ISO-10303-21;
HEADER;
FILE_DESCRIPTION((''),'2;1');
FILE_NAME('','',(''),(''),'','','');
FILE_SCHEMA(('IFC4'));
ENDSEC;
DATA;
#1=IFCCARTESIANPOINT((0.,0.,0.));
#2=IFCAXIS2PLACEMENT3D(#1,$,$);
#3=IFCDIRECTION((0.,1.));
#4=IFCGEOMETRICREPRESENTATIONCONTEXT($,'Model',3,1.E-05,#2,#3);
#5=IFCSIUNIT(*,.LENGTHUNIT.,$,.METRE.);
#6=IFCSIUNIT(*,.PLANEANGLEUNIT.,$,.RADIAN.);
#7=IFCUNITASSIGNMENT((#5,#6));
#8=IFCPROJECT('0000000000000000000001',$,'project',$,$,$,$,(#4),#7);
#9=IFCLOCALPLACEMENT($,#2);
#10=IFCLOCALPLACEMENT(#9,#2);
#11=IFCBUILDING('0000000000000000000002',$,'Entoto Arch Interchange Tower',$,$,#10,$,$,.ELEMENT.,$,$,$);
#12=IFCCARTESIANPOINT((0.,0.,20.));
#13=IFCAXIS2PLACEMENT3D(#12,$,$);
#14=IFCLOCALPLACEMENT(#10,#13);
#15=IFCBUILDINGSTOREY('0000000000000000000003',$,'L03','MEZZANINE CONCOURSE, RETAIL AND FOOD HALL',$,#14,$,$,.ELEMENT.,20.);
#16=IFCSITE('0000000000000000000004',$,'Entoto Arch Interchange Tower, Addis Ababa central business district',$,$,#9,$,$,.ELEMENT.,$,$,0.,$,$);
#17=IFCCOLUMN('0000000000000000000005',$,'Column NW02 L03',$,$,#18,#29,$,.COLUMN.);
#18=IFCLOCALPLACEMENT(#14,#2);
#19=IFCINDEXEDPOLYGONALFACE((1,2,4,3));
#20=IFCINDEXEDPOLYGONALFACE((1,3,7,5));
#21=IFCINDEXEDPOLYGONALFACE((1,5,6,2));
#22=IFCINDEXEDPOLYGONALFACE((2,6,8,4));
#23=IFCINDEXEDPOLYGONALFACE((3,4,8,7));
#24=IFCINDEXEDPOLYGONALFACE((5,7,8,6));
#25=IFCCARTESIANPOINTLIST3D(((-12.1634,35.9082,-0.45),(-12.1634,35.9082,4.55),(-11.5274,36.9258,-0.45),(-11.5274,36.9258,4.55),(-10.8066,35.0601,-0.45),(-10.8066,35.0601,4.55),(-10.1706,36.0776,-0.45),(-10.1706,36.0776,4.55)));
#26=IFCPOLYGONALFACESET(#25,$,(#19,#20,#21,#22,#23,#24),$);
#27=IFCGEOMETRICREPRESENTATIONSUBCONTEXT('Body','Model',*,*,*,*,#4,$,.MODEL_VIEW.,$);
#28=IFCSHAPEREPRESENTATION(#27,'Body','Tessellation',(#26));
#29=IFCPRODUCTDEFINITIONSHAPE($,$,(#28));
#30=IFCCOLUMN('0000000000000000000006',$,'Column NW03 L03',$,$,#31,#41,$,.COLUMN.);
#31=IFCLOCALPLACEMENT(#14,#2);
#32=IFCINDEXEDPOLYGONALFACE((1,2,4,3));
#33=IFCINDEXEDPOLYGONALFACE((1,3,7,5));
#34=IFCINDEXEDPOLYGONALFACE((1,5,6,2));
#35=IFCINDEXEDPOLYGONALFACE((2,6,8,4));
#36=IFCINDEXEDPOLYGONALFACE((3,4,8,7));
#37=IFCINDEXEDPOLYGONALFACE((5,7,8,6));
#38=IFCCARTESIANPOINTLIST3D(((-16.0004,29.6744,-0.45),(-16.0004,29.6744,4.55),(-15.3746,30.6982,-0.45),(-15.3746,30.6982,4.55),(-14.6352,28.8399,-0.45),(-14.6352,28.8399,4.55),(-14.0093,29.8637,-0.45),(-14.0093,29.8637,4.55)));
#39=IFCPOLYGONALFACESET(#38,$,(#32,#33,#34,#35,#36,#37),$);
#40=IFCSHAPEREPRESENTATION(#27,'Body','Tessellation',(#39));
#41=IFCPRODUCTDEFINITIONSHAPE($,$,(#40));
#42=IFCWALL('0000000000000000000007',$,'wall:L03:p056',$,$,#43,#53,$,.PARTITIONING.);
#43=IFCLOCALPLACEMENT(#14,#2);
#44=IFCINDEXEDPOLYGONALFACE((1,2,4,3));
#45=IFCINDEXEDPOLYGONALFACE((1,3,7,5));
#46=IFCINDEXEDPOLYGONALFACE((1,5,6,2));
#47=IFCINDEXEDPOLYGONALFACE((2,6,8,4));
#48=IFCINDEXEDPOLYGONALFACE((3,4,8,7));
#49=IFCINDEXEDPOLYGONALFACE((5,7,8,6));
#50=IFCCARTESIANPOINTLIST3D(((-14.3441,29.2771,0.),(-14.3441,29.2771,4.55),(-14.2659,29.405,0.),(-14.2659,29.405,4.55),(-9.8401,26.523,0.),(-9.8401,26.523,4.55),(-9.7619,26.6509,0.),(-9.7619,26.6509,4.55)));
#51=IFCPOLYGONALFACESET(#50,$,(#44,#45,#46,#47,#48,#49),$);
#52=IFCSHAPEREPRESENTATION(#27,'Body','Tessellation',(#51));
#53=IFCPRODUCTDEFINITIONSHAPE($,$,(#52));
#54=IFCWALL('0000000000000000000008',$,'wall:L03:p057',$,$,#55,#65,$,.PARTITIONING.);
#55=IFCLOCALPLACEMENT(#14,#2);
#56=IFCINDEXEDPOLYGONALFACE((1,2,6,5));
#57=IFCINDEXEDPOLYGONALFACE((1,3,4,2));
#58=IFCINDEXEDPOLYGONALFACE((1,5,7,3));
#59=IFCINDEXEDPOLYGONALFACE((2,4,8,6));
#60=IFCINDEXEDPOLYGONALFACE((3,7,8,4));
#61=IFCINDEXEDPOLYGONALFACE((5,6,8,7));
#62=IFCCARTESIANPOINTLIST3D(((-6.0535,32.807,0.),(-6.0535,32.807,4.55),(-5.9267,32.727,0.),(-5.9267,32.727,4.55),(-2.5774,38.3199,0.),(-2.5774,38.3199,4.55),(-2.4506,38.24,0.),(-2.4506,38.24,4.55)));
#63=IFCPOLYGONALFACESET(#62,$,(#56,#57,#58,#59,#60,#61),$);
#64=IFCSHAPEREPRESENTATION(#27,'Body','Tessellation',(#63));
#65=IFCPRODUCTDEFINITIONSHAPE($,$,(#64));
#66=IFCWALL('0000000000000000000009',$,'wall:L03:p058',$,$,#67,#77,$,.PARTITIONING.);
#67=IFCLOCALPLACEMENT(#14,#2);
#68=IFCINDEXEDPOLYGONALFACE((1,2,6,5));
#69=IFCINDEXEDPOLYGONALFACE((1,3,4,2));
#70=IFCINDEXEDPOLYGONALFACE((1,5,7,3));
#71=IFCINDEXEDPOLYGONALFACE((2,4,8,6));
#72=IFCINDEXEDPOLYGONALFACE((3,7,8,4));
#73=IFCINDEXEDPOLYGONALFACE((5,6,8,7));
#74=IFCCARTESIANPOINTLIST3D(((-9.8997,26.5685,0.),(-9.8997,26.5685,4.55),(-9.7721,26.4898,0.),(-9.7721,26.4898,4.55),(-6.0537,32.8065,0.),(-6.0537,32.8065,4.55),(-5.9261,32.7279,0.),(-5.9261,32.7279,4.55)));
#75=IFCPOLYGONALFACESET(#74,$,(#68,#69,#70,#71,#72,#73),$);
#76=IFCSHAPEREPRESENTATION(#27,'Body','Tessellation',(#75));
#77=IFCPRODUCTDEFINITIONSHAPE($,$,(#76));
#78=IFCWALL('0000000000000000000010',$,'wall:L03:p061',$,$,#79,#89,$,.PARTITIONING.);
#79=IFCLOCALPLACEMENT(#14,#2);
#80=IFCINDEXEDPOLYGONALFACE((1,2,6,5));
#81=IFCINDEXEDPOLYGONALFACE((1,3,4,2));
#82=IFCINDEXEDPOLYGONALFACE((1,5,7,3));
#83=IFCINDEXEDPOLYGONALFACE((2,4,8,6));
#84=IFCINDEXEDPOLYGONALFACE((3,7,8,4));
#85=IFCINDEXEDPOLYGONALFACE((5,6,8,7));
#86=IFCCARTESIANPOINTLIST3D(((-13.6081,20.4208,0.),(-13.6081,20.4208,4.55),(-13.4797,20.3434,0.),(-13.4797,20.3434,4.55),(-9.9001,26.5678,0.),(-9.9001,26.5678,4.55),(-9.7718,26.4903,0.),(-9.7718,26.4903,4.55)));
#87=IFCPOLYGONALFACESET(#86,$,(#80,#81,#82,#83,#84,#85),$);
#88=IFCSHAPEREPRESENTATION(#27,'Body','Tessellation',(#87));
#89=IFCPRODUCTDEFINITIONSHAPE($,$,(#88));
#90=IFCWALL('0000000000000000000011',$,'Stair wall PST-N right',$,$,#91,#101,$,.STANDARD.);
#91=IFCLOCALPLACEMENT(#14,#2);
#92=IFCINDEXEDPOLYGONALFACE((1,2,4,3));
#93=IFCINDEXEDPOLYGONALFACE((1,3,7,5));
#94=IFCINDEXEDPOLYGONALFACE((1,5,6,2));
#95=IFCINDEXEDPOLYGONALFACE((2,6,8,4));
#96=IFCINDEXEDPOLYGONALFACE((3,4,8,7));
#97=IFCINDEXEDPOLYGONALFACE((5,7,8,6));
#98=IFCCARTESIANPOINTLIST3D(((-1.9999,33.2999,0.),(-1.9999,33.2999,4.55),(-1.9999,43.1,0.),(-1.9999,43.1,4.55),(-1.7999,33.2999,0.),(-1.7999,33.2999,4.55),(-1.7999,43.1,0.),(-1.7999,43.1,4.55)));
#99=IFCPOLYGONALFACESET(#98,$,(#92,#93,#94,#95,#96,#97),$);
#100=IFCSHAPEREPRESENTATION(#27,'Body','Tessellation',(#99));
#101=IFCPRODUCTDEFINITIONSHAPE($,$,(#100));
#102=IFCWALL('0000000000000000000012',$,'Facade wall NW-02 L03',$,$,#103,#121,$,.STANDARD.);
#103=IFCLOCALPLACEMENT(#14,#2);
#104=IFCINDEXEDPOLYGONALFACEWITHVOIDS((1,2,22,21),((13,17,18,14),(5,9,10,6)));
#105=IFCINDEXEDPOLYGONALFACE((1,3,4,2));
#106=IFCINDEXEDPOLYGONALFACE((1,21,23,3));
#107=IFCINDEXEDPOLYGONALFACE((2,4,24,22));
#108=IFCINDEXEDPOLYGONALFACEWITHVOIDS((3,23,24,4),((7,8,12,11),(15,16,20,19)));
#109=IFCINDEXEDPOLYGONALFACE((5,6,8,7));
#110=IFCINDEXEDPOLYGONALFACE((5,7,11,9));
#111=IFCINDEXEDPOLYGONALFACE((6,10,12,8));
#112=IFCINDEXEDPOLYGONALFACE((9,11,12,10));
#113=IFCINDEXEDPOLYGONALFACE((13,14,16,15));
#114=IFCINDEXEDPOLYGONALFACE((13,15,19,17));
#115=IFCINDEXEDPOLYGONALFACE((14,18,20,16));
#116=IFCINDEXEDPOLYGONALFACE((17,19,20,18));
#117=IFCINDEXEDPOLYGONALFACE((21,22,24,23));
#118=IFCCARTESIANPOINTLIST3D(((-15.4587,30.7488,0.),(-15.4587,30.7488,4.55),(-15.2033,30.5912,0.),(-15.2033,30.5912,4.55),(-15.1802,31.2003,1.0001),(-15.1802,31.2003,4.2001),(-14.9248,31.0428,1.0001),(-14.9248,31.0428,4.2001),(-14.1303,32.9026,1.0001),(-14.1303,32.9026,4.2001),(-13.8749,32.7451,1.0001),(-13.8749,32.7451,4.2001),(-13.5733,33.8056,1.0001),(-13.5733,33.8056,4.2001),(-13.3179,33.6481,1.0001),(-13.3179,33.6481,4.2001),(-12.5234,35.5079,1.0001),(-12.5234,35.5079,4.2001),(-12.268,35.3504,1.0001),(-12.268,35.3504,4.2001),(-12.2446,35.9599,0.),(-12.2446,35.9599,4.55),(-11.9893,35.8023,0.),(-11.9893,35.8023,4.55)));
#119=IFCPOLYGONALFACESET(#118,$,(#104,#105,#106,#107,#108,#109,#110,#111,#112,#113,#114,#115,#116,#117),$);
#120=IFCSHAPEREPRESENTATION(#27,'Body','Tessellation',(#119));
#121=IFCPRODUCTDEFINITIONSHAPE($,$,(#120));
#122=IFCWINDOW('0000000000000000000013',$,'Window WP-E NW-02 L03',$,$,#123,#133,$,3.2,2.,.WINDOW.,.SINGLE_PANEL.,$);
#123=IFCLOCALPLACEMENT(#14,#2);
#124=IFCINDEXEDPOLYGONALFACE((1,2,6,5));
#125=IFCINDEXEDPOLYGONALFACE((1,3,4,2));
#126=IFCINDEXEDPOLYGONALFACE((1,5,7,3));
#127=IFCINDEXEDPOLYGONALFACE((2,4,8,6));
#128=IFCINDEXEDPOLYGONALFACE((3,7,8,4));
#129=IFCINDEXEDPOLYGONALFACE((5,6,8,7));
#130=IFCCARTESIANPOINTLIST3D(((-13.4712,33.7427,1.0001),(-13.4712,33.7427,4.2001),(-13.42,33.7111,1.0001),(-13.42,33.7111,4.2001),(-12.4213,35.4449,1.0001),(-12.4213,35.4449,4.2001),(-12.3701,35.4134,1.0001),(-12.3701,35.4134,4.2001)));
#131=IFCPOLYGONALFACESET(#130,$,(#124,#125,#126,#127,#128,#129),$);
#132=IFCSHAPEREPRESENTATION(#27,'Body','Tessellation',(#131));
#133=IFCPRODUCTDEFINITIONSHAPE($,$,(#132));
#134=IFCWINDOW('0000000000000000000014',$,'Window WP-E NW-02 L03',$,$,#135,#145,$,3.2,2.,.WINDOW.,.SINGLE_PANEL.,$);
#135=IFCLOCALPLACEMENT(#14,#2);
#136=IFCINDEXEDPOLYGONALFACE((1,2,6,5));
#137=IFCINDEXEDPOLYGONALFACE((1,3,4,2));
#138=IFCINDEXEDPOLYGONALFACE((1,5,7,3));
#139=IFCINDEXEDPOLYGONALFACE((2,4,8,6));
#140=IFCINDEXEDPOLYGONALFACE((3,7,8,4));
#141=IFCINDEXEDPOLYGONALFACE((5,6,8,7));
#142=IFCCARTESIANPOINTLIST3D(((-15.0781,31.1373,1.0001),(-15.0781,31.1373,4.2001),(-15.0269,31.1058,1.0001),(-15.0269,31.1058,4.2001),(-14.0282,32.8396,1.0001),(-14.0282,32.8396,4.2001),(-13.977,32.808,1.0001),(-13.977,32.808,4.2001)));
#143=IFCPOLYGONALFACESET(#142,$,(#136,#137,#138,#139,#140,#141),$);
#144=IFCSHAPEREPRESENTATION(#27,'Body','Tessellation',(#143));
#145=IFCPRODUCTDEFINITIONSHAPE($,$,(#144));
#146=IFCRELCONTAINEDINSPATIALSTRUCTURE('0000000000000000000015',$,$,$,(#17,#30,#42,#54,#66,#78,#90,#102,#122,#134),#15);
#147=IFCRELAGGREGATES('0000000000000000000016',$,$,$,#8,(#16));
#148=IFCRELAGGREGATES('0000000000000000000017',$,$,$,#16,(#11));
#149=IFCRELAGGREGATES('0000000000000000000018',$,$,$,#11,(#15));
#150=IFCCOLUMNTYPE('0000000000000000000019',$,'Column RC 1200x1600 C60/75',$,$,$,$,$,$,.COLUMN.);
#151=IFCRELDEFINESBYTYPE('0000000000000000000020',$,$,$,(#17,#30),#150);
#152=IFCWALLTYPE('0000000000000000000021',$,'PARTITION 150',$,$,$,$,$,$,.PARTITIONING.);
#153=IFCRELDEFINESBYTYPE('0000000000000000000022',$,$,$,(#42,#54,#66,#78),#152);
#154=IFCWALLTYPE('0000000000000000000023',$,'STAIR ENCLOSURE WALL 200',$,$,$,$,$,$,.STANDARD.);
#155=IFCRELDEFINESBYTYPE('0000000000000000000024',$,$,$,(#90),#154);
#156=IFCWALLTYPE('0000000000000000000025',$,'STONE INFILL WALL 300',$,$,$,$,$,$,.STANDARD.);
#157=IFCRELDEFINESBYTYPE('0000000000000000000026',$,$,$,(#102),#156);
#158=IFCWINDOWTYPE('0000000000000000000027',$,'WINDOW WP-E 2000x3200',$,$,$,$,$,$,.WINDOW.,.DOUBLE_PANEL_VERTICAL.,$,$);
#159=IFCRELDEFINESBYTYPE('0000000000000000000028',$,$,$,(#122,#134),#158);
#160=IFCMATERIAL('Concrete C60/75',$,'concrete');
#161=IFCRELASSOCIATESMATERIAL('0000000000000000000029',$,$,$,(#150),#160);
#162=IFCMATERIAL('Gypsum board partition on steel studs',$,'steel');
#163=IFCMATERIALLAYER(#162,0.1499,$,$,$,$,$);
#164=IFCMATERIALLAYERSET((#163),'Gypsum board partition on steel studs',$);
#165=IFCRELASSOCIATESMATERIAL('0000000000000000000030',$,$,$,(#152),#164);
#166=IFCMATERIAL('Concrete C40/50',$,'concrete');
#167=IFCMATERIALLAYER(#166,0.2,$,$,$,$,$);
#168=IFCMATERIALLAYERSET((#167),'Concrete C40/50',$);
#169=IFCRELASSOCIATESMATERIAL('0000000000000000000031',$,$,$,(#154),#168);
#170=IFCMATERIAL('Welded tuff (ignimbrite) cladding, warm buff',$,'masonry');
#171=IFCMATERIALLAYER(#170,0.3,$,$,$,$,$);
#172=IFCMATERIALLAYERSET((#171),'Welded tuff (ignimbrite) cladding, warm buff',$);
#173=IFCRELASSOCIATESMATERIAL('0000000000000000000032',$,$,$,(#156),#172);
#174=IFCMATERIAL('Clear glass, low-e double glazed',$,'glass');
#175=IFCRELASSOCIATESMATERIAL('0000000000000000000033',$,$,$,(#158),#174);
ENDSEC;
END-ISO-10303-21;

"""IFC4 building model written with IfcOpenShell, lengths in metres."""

from ifc_helpers import new_model, si_unit, direction, frame, frame_2d, origin, origin_2d, place, context, subcontext, project, spatial, rectangle, extrude, material, layer, layer_set, material_profile, profile_set, type_object, element, fill, save


model = new_model("IFC4")

# Units and contexts
model_context = context("Model", 3, precision=1e-05, world=origin(), true_north=direction((0.0, 1.0)))
body_context = subcontext(model_context, "Body", "Model", "MODEL_VIEW")
ifc_project = project(units=[si_unit("LENGTHUNIT", "METRE"), si_unit("PLANEANGLEUNIT", "RADIAN")], contexts=[model_context])

# Site, building, storey
site_placement = place(None, origin())
site = spatial("IfcSite", under=ifc_project, at=site_placement, Name="Entoto Arch Interchange Tower, Addis Ababa central business district", CompositionType="ELEMENT", RefElevation=0.0)
building_placement = place(site_placement, origin())
building = spatial("IfcBuilding", under=site, at=building_placement, Name="Entoto Arch Interchange Tower", CompositionType="ELEMENT")
storey_placement = place(building_placement, frame((0.0, 0.0, 20.0)))
storey = spatial("IfcBuildingStorey", under=building, at=storey_placement, Name="L03", Description="MEZZANINE CONCOURSE, RETAIL AND FOOD HALL", CompositionType="ELEMENT", Elevation=20.0)

# Columns
ifc_material_1 = material(Name="Concrete C60/75", Category="concrete")
ifc_material_profile = material_profile(ifc_material_1, rectangle(XDim=1.2, YDim=1.6001, at=origin_2d()))
ifc_profile_set = profile_set([ifc_material_profile], Name="Concrete C60/75")
column_type = type_object("IfcColumnType", Name="Column RC 1200x1600 C60/75", PredefinedType="COLUMN", material=ifc_profile_set)
for number, where, z_axis, x_axis, name in (
    (1, (-11.167, 35.9929, -0.45), (0.0, 0.0, 1.0), (0.530067, 0.847956, 0.0), "Column NW02 L03"),
    (2, (-15.0049, 29.769, -0.45), (0.0, 0.0, 1.0), (0.521546, 0.853223, 0.0), "Column NW03 L03"),
):
    element("IfcColumn", number, at=place(storey_placement, frame(where, z_axis=z_axis, x_axis=x_axis)), inside=storey, type_object=column_type, Name=name, PredefinedType="COLUMN", context=body_context, shape_type="SweptSolid", body=[
        extrude(rectangle(XDim=1.2, YDim=1.6001, at=origin_2d()), origin(), (0.0, 0.0, 1.0), 5.0),
    ])

# Walls
ifc_material_2 = material(Name="Gypsum board partition on steel studs", Category="steel")
ifc_layer_1 = layer(ifc_material_2, 0.1499)
ifc_layer_set_1 = layer_set([ifc_layer_1], Name="Gypsum board partition on steel studs")
wall_type_1 = type_object("IfcWallType", Name="PARTITION 150", PredefinedType="PARTITIONING", material=ifc_layer_set_1)
wall_1_placement = place(storey_placement, frame((-9.801, 26.5869, 0.0), z_axis=(0.0, 0.0, 1.0), x_axis=(-0.853133, 0.521693, 0.0)))
element("IfcWall", 3, at=wall_1_placement, inside=storey, type_object=wall_type_1, Name="wall:L03:p056", PredefinedType="PARTITIONING", context=body_context, shape_type="SweptSolid", body=[
    extrude(rectangle(XDim=5.2793, YDim=0.1499, at=frame_2d((2.6396, 0.0))), origin(), (0.0, 0.0, 1.0), 4.55),
])
wall_2_placement = place(storey_placement, frame((-2.5139, 38.28, 0.0), z_axis=(0.0, 0.0, 1.0), x_axis=(-0.533359, -0.845889, 0.0)))
element("IfcWall", 4, at=wall_2_placement, inside=storey, type_object=wall_type_1, Name="wall:L03:p057", PredefinedType="PARTITIONING", context=body_context, shape_type="SweptSolid", body=[
    extrude(rectangle(XDim=6.5173, YDim=0.1499, at=frame_2d((3.2588, 0.0))), origin(), (0.0, 0.0, 1.0), 4.55),
])
wall_3_placement = place(storey_placement, frame((-5.99, 32.7671, 0.0), z_axis=(0.0, 0.0, 1.0), x_axis=(-0.524805, -0.851222, 0.0)))
element("IfcWall", 5, at=wall_3_placement, inside=storey, type_object=wall_type_1, Name="wall:L03:p058", PredefinedType="PARTITIONING", context=body_context, shape_type="SweptSolid", body=[
    extrude(rectangle(XDim=7.3284, YDim=0.1499, at=frame_2d((3.6641, 0.0))), origin(), (0.0, 0.0, 1.0), 4.55),
])
wall_4_placement = place(storey_placement, frame((-9.8359, 26.5291, 0.0), z_axis=(0.0, 0.0, 1.0), x_axis=(-0.516525, -0.856272, 0.0)))
element("IfcWall", 6, at=wall_4_placement, inside=storey, type_object=wall_type_1, Name="wall:L03:p061", PredefinedType="PARTITIONING", context=body_context, shape_type="SweptSolid", body=[
    extrude(rectangle(XDim=7.1787, YDim=0.1499, at=frame_2d((3.5894, 0.0))), origin(), (0.0, 0.0, 1.0), 4.55),
])
ifc_material_3 = material(Name="Concrete C40/50", Category="concrete")
ifc_layer_2 = layer(ifc_material_3, 0.2)
ifc_layer_set_2 = layer_set([ifc_layer_2], Name="Concrete C40/50")
wall_type_2 = type_object("IfcWallType", Name="STAIR ENCLOSURE WALL 200", PredefinedType="STANDARD", material=ifc_layer_set_2)
wall_5_placement = place(storey_placement, frame((-1.8999, 33.3, 0.0), z_axis=(0.0, 0.0, 1.0), x_axis=(0.0, 1.0, 0.0)))
element("IfcWall", 7, at=wall_5_placement, inside=storey, type_object=wall_type_2, Name="Stair wall PST-N right", PredefinedType="STANDARD", context=body_context, shape_type="SweptSolid", body=[
    extrude(rectangle(XDim=9.8, YDim=0.2, at=frame_2d((4.8999, 0.0))), origin(), (0.0, 0.0, 1.0), 4.55),
])

# Wall, openings, windows
ifc_material_4 = material(Name="Welded tuff (ignimbrite) cladding, warm buff", Category="masonry")
ifc_layer_3 = layer(ifc_material_4, 0.3)
ifc_layer_set_3 = layer_set([ifc_layer_3], Name="Welded tuff (ignimbrite) cladding, warm buff")
wall_type_3 = type_object("IfcWallType", Name="STONE INFILL WALL 300", PredefinedType="STANDARD", material=ifc_layer_set_3)
wall_6_placement = place(storey_placement, frame((-12.1169, 35.8811, 0.0), z_axis=(0.0, 0.0, 1.0), x_axis=(-0.524954, -0.851131, 0.0)))
wall_6 = element("IfcWall", 8, at=wall_6_placement, inside=storey, type_object=wall_type_3, Name="Facade wall NW-02 L03", PredefinedType="STANDARD", context=body_context, shape_type="SweptSolid", body=[
    extrude(rectangle(XDim=6.1226, YDim=0.3, at=frame_2d((3.0613, 0.0))), origin(), (0.0, 0.0, 1.0), 4.55),
])
opening_1_placement = place(wall_6_placement, frame((0.531, 0.0, 1.0)))
opening_1 = element("IfcOpeningElement", 9, at=opening_1_placement, cuts=wall_6, PredefinedType="OPENING", context=body_context, shape_type="SweptSolid", body=[
    extrude(rectangle(XDim=2.0, YDim=3.2, at=frame_2d((1.0, 1.6001))), frame((0.0, 0.1602, 0.0), z_axis=(0.0, -1.0, 0.0), x_axis=(1.0, 0.0, 0.0)), (0.0, 0.0, 1.0), 0.3201),
])
opening_2_placement = place(wall_6_placement, frame((3.592, 0.0, 1.0)))
opening_2 = element("IfcOpeningElement", 10, at=opening_2_placement, cuts=wall_6, PredefinedType="OPENING", context=body_context, shape_type="SweptSolid", body=[
    extrude(rectangle(XDim=2.0, YDim=3.2, at=frame_2d((1.0, 1.6001))), frame((0.0, 0.1602, 0.0), z_axis=(0.0, -1.0, 0.0), x_axis=(1.0, 0.0, 0.0)), (0.0, 0.0, 1.0), 0.3201),
])
ifc_material_5 = material(Name="Clear glass, low-e double glazed", Category="glass")
window_type = type_object("IfcWindowType", Name="WINDOW WP-E 2000x3200", PartitioningType="DOUBLE_PANEL_VERTICAL", PredefinedType="WINDOW", material=ifc_material_5)
window_1_placement = place(opening_1_placement, origin())
window_1 = element("IfcWindow", 11, at=window_1_placement, inside=storey, type_object=window_type, Name="Window WP-E NW-02 L03", OverallHeight=3.2, OverallWidth=2.0, PartitioningType="SINGLE_PANEL", PredefinedType="WINDOW", context=body_context, shape_type="SweptSolid", body=[
    extrude(rectangle(XDim=2.0, YDim=3.2, at=frame_2d((1.0, 1.6001))), frame((0.0, 0.03, 0.0), z_axis=(0.0, -1.0, 0.0), x_axis=(1.0, 0.0, 0.0)), (0.0, 0.0, 1.0), 0.0601),
])
fill(opening_1, window_1)
window_2_placement = place(opening_2_placement, origin())
window_2 = element("IfcWindow", 12, at=window_2_placement, inside=storey, type_object=window_type, Name="Window WP-E NW-02 L03", OverallHeight=3.2, OverallWidth=2.0, PartitioningType="SINGLE_PANEL", PredefinedType="WINDOW", context=body_context, shape_type="SweptSolid", body=[
    extrude(rectangle(XDim=2.0, YDim=3.2, at=frame_2d((1.0, 1.6001))), frame((0.0, 0.03, 0.0), z_axis=(0.0, -1.0, 0.0), x_axis=(1.0, 0.0, 0.0)), (0.0, 0.0, 1.0), 0.0601),
])
fill(opening_2, window_2)

save(model, "model.ifc")
